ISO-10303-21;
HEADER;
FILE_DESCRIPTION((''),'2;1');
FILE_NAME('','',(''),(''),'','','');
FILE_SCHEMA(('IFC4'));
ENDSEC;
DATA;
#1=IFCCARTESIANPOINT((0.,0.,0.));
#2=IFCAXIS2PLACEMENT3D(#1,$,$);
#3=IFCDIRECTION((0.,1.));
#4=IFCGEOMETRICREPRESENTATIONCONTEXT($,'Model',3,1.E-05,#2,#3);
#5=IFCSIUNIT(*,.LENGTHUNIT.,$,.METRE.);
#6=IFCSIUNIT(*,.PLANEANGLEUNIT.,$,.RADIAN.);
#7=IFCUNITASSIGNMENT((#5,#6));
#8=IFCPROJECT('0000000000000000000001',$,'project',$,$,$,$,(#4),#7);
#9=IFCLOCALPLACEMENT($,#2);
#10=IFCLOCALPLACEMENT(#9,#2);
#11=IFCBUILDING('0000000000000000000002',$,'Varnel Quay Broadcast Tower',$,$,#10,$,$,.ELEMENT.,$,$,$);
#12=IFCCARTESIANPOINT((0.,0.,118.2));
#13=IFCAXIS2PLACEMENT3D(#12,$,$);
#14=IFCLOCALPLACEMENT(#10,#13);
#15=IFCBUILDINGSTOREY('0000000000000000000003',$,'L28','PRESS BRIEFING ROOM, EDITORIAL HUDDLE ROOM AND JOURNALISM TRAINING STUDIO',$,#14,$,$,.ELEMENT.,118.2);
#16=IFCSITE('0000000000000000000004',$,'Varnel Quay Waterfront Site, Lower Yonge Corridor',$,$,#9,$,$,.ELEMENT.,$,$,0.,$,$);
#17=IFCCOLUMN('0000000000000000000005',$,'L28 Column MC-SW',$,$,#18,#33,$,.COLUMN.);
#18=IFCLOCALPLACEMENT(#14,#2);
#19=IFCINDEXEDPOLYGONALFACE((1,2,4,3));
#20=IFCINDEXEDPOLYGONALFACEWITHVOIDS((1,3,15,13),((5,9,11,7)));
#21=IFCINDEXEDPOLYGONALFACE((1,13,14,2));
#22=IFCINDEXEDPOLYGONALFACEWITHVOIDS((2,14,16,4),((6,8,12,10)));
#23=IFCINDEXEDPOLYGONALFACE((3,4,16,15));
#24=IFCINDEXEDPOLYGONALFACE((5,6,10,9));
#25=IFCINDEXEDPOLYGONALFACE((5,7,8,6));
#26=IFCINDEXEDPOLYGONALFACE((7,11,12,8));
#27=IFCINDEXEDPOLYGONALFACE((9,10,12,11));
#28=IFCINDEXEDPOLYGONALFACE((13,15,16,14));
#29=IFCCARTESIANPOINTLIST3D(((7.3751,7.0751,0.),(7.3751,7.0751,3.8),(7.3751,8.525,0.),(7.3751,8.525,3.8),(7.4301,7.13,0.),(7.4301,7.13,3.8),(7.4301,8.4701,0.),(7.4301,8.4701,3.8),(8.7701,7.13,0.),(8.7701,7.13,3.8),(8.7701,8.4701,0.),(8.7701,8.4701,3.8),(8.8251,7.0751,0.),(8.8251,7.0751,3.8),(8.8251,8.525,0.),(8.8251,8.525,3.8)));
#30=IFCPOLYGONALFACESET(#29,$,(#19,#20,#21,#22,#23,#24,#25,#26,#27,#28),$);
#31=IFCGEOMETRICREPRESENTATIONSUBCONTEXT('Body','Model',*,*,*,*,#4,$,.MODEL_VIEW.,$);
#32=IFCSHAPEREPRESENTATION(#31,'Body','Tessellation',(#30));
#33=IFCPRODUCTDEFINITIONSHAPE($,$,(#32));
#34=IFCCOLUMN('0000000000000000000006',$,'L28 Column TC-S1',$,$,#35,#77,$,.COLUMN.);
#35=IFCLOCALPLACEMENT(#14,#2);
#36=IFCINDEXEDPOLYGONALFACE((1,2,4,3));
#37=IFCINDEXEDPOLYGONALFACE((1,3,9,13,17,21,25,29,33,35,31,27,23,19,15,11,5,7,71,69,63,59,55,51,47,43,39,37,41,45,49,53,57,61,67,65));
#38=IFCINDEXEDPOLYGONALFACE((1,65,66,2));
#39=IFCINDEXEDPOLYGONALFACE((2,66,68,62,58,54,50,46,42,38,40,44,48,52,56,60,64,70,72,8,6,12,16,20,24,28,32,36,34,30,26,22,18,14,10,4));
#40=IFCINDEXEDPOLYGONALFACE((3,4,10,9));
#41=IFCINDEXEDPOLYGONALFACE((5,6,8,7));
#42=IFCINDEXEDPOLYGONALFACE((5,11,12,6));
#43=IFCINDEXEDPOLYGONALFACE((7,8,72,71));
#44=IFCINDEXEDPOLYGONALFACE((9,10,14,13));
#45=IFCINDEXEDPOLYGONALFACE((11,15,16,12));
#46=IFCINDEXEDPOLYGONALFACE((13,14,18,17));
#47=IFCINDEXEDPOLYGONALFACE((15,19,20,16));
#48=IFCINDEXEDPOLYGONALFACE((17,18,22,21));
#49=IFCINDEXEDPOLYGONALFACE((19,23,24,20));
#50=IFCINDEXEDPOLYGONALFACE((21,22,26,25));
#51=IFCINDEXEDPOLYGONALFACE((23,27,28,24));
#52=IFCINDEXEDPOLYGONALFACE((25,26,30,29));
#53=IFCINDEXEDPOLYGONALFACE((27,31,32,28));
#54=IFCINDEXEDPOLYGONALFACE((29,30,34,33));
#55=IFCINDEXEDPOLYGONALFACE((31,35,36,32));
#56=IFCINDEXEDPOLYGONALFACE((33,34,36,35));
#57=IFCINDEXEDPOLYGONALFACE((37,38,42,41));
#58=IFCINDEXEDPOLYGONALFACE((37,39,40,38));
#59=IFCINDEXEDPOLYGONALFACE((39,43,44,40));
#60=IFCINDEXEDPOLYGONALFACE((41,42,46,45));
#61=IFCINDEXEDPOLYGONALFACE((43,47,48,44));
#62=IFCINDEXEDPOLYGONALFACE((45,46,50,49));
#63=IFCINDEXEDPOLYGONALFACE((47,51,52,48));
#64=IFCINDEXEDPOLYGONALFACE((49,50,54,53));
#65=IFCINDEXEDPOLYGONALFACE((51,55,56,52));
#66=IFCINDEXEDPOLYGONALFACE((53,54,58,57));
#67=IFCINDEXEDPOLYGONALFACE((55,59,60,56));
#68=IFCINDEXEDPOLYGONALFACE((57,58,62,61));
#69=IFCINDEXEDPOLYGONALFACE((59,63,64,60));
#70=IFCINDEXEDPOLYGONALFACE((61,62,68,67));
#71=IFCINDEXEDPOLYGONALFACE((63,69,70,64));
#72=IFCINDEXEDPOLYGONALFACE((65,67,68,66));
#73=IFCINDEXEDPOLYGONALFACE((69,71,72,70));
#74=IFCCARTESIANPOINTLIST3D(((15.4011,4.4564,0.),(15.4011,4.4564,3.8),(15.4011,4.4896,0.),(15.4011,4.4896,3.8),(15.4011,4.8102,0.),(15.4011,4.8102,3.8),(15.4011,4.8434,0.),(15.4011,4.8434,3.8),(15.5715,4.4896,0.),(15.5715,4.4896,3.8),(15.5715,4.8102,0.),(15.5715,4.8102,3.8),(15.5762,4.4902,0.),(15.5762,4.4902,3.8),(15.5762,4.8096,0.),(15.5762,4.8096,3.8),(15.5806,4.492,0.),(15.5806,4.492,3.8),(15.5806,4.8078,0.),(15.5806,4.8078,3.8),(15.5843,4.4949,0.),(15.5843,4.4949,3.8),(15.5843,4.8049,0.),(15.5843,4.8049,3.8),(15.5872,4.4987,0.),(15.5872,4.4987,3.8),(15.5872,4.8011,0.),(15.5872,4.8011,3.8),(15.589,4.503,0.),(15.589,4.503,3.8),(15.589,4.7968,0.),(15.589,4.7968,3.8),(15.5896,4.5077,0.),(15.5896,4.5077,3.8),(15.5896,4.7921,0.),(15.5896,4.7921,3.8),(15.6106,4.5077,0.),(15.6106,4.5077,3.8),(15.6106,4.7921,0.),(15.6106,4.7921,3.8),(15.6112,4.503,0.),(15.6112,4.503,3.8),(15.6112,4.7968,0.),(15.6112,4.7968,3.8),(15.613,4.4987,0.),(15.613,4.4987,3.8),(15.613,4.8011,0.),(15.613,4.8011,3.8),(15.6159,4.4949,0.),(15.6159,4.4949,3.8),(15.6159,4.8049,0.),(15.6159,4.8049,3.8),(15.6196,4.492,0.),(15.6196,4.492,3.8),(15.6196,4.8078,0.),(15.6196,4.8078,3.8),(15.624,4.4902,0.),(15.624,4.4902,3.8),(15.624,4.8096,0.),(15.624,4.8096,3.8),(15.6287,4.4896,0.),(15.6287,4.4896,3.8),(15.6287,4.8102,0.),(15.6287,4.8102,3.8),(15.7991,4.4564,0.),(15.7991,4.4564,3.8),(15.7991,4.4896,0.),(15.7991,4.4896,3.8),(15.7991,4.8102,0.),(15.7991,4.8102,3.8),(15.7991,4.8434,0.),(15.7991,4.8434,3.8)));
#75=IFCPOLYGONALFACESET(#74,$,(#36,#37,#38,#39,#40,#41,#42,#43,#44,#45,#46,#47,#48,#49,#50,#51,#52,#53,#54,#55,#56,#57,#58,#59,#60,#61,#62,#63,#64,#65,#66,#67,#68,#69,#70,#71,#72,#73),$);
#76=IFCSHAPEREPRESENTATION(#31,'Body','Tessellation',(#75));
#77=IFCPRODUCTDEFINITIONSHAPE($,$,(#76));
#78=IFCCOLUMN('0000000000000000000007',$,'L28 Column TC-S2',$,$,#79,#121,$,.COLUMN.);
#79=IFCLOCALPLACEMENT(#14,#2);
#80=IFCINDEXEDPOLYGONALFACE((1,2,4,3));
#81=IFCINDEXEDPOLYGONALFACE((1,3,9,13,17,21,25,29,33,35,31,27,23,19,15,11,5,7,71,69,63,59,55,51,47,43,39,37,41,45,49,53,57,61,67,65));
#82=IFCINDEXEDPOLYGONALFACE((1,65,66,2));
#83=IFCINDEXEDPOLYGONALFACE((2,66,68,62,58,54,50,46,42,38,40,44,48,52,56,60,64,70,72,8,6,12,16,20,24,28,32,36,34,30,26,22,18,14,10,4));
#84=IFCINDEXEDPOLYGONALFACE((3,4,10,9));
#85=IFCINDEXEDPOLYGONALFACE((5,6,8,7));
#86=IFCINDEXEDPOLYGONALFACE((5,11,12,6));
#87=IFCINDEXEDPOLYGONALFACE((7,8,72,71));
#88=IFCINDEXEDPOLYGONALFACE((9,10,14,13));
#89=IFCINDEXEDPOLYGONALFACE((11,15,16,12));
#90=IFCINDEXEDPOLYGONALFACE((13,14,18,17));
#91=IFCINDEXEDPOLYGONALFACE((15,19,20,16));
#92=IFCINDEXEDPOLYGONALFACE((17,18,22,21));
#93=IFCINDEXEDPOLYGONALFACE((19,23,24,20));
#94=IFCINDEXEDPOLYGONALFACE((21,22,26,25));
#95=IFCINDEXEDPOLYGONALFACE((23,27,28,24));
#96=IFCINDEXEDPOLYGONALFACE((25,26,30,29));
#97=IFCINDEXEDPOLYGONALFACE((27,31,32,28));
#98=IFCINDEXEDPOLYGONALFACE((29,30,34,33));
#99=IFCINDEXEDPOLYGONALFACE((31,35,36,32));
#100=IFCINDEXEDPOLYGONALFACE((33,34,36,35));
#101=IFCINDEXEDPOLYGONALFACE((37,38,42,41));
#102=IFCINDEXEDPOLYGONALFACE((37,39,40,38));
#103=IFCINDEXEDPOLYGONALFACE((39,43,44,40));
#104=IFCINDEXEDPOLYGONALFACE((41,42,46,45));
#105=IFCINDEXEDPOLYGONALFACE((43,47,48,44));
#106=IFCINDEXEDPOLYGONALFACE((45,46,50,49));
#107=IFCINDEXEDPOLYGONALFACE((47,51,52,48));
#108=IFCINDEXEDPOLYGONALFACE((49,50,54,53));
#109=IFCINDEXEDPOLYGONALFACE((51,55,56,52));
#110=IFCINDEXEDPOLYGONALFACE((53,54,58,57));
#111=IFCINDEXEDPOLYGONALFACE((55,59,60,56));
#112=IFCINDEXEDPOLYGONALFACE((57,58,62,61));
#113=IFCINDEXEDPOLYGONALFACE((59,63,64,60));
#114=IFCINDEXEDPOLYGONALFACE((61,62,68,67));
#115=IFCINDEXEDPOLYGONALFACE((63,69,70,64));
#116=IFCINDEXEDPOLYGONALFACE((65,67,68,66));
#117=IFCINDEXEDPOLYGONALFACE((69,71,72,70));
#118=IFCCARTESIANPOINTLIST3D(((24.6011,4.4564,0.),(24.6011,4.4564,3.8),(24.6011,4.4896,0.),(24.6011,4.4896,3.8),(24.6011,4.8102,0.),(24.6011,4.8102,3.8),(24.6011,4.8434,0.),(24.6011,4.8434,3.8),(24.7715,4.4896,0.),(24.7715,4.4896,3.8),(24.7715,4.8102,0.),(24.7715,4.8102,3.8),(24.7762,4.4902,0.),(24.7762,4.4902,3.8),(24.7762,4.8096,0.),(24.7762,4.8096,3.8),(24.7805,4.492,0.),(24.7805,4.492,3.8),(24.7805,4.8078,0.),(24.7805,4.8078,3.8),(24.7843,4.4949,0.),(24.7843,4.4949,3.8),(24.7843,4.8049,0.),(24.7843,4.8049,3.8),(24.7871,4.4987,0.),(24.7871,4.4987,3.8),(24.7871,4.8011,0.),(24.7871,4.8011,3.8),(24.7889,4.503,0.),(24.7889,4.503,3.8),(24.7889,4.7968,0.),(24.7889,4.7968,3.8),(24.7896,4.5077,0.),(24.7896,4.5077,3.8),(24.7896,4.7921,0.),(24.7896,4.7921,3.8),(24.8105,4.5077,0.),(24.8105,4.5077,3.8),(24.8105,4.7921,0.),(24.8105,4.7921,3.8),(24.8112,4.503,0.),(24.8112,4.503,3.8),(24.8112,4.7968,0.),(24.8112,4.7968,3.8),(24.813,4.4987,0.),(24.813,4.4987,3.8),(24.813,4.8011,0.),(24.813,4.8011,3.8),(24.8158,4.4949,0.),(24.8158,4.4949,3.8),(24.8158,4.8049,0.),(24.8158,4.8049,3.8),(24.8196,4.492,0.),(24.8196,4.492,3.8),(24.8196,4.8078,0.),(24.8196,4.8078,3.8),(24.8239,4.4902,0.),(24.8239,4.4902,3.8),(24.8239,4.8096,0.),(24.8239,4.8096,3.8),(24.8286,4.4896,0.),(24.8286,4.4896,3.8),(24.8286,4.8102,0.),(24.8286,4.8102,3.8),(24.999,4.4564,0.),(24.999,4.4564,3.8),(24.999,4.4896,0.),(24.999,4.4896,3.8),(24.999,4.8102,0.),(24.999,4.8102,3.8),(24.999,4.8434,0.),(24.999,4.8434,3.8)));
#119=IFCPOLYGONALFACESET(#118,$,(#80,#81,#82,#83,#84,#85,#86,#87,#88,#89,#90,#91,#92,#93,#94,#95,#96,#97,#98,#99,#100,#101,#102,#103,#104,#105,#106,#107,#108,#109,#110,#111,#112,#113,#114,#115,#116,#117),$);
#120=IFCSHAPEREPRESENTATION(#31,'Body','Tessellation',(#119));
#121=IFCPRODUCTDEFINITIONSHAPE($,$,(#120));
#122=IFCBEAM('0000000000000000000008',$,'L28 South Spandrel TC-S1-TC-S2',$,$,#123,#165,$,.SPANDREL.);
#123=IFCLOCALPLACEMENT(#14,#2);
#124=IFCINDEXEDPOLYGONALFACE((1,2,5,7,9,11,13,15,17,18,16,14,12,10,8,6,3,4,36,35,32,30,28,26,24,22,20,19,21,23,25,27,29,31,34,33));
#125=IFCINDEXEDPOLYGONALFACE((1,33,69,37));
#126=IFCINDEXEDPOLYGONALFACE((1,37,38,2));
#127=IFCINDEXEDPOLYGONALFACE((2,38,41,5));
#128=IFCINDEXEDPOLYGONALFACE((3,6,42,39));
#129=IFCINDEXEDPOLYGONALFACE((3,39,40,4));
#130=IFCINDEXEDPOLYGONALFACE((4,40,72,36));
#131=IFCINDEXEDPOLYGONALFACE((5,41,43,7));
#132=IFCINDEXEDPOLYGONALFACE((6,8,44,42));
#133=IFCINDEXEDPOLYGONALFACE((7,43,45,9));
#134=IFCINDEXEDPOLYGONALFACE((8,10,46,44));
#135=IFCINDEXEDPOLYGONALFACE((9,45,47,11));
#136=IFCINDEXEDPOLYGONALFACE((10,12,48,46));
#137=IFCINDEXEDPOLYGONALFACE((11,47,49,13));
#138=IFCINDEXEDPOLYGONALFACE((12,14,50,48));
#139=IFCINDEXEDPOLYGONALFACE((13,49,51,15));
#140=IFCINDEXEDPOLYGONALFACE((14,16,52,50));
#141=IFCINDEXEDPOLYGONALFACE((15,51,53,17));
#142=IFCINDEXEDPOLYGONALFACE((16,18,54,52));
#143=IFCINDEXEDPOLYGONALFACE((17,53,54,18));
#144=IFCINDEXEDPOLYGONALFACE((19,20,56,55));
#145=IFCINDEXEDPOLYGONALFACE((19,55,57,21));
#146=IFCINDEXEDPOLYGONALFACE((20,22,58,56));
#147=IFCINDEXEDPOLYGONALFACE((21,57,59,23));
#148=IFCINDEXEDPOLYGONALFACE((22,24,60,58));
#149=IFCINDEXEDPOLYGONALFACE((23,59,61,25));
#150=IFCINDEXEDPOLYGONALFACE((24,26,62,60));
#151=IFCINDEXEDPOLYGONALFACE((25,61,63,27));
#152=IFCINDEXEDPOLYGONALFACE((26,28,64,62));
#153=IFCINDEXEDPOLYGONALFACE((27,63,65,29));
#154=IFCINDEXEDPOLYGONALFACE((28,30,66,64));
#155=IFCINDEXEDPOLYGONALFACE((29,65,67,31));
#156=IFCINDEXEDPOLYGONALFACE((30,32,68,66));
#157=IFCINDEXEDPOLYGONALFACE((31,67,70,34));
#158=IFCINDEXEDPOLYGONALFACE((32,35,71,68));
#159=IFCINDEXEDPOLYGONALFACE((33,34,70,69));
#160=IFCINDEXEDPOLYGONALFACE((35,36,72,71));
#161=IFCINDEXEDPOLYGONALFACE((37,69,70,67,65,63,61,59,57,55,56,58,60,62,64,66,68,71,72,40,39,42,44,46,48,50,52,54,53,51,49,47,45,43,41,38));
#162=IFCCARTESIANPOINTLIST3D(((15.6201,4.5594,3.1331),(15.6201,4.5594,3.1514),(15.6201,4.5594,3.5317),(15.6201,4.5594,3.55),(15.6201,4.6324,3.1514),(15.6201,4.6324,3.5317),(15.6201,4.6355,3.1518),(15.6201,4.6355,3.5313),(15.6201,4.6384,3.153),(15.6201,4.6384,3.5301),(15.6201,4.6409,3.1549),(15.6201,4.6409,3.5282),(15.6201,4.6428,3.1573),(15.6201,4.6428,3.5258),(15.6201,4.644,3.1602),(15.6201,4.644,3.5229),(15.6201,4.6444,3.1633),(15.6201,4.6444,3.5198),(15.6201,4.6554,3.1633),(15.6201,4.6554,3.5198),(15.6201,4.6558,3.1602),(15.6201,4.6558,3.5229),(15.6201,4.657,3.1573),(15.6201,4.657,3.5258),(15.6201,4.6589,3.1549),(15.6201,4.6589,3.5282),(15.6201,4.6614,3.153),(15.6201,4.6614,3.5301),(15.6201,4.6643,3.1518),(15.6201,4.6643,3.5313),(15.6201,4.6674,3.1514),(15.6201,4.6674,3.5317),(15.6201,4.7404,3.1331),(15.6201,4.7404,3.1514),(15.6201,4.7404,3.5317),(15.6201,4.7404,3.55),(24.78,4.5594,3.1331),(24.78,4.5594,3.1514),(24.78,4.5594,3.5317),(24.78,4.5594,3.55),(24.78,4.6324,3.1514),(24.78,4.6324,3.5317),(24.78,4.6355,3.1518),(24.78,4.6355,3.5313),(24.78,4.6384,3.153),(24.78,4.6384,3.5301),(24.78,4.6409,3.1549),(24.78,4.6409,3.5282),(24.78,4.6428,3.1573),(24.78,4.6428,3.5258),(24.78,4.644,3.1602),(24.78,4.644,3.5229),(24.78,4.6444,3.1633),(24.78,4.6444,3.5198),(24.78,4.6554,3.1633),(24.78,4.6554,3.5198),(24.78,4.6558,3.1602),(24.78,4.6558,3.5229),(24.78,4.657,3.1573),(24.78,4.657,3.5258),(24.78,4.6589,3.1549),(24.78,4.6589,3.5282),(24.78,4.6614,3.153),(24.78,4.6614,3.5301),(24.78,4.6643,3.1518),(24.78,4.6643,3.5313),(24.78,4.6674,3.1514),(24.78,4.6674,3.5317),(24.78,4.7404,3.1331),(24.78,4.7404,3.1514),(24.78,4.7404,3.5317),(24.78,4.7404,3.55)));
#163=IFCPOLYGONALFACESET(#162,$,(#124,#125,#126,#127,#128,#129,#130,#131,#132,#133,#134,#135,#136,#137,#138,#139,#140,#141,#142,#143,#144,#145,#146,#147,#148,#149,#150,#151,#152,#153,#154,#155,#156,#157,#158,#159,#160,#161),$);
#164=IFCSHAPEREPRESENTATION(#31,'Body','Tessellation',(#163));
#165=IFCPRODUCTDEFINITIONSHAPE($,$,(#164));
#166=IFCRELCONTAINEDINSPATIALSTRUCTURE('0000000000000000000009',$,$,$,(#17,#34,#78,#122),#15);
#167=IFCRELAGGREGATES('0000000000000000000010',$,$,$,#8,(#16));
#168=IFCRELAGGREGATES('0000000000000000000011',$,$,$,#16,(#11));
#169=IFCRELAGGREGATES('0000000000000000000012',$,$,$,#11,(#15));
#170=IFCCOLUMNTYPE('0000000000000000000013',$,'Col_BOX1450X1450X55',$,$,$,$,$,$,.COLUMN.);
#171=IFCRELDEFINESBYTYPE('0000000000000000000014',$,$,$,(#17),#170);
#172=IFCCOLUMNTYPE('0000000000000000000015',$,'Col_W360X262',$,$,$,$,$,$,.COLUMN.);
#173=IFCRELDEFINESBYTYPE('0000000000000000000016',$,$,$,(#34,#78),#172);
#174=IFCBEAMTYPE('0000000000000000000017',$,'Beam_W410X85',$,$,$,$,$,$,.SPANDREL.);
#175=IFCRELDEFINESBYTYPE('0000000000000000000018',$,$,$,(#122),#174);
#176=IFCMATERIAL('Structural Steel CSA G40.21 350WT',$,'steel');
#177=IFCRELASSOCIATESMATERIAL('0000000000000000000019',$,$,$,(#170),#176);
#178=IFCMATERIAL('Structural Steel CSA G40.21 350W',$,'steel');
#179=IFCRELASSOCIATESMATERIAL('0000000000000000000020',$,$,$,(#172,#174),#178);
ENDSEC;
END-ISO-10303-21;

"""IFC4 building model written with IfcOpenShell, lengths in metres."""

from ifc_helpers import new_model, si_unit, direction, frame, origin, origin_2d, place, context, subcontext, project, spatial, hollow_rectangle, i_section, extrude, source, transform, mapped, material, material_profile, profile_set, type_object, type_shapes, element, save


model = new_model("IFC4")

# Units and contexts
model_context = context("Model", 3, precision=1e-05, world=origin(), true_north=direction((0.0, 1.0)))
body_context = subcontext(model_context, "Body", "Model", "MODEL_VIEW")
ifc_project = project(units=[si_unit("LENGTHUNIT", "METRE"), si_unit("PLANEANGLEUNIT", "RADIAN")], contexts=[model_context])

# Site, building, storey
site_placement = place(None, origin())
site = spatial("IfcSite", under=ifc_project, at=site_placement, Name="Varnel Quay Waterfront Site, Lower Yonge Corridor", CompositionType="ELEMENT", RefElevation=0.0)
building_placement = place(site_placement, origin())
building = spatial("IfcBuilding", under=site, at=building_placement, Name="Varnel Quay Broadcast Tower", CompositionType="ELEMENT")
storey_placement = place(building_placement, frame((0.0, 0.0, 118.2)))
storey = spatial("IfcBuildingStorey", under=building, at=storey_placement, Name="L28", Description="PRESS BRIEFING ROOM, EDITORIAL HUDDLE ROOM AND JOURNALISM TRAINING STUDIO", CompositionType="ELEMENT", Elevation=118.2)

# Columns
ifc_material_1 = material(Name="Structural Steel CSA G40.21 350WT", Category="steel")
ifc_material_profile_1 = material_profile(ifc_material_1, hollow_rectangle(XDim=1.45, YDim=1.45, WallThickness=0.0549, at=origin_2d()), Name="BOX1450X1450X55")
ifc_profile_set_1 = profile_set([ifc_material_profile_1], Name="Structural Steel CSA G40.21 350WT")
column_type_1 = type_object("IfcColumnType", Name="Col_BOX1450X1450X55", PredefinedType="COLUMN", material=ifc_profile_set_1)
shared_shape_1 = source(origin(), body_context, "Body", "SweptSolid", [
    extrude(hollow_rectangle(XDim=1.45, YDim=1.45, WallThickness=0.0549, at=origin_2d()), origin(), (0.0, 0.0, 1.0), 3.8),
])
type_shapes(column_type_1, [shared_shape_1])
column_placement = place(storey_placement, frame((8.1001, 7.8, 0.0), z_axis=(0.0, 0.0, 1.0), x_axis=(1.0, 0.0, 0.0)))
element("IfcColumn", 1, at=column_placement, inside=storey, type_object=column_type_1, Name="L28 Column MC-SW", PredefinedType="COLUMN", context=body_context, shape_type="MappedRepresentation", body=[
    mapped(shared_shape_1, transform((0.0, 0.0, 0.0), x_axis=(1.0, 0.0, 0.0), y_axis=(0.0, 1.0, 0.0), z_axis=(0.0, 0.0, 1.0), scale=1.0)),
])
ifc_material_2 = material(Name="Structural Steel CSA G40.21 350W", Category="steel")
ifc_material_profile_2 = material_profile(ifc_material_2, i_section(OverallWidth=0.3979, OverallDepth=0.387, WebThickness=0.021, FlangeThickness=0.0332, FilletRadius=0.0181, at=origin_2d()), Name="W360X262")
ifc_profile_set_2 = profile_set([ifc_material_profile_2], Name="Structural Steel CSA G40.21 350W")
column_type_2 = type_object("IfcColumnType", Name="Col_W360X262", PredefinedType="COLUMN", material=ifc_profile_set_2)
shared_shape_2 = source(origin(), body_context, "Body", "SweptSolid", [
    extrude(i_section(OverallWidth=0.3979, OverallDepth=0.387, WebThickness=0.021, FlangeThickness=0.0332, FilletRadius=0.0181, at=origin_2d()), origin(), (0.0, 0.0, 1.0), 3.8),
])
type_shapes(column_type_2, [shared_shape_2])
for number, where, z_axis, x_axis, name in (
    (2, (15.6001, 4.6499, 0.0), (0.0, 0.0, 1.0), (1.0, 0.0, 0.0), "L28 Column TC-S1"),
    (3, (24.8, 4.6499, 0.0), (0.0, 0.0, 1.0), (1.0, 0.0, 0.0), "L28 Column TC-S2"),
):
    element("IfcColumn", number, at=place(storey_placement, frame(where, z_axis=z_axis, x_axis=x_axis)), inside=storey, type_object=column_type_2, Name=name, PredefinedType="COLUMN", context=body_context, shape_type="MappedRepresentation", body=[
        mapped(shared_shape_2, transform((0.0, 0.0, 0.0), x_axis=(1.0, 0.0, 0.0), y_axis=(0.0, 1.0, 0.0), z_axis=(0.0, 0.0, 1.0), scale=1.0)),
    ])

# Beam
ifc_material_profile_3 = material_profile(ifc_material_2, i_section(OverallWidth=0.1809, OverallDepth=0.417, WebThickness=0.011, FlangeThickness=0.0183, FilletRadius=0.012, at=origin_2d()), Name="W410X85")
ifc_profile_set_3 = profile_set([ifc_material_profile_3], Name="Structural Steel CSA G40.21 350W")
beam_type_1 = type_object("IfcBeamType", Name="Beam_W410X85", PredefinedType="SPANDREL", material=ifc_profile_set_3)
shared_shape_3 = source(origin(), body_context, "Body", "SweptSolid", [
    extrude(i_section(OverallWidth=0.1809, OverallDepth=0.417, WebThickness=0.011, FlangeThickness=0.0183, FilletRadius=0.012, at=origin_2d()), origin(), (0.0, 0.0, 1.0), 9.1599),
])
for number, where, z_axis, x_axis, name in (
    (4, (15.6201, 4.6499, 3.3416), (1.0, 0.0, 0.0), (0.0, 1.0, 0.0), "L28 South Spandrel TC-S1-TC-S2"),
):
    element("IfcBeam", number, at=place(storey_placement, frame(where, z_axis=z_axis, x_axis=x_axis)), inside=storey, type_object=beam_type_1, Name=name, PredefinedType="SPANDREL", context=body_context, shape_type="MappedRepresentation", body=[
        mapped(shared_shape_3, transform((0.0, 0.0, 0.0), x_axis=(1.0, 0.0, 0.0), y_axis=(0.0, 1.0, 0.0), z_axis=(0.0, 0.0, 1.0), scale=1.0)),
    ])

save(model, "model.ifc")
